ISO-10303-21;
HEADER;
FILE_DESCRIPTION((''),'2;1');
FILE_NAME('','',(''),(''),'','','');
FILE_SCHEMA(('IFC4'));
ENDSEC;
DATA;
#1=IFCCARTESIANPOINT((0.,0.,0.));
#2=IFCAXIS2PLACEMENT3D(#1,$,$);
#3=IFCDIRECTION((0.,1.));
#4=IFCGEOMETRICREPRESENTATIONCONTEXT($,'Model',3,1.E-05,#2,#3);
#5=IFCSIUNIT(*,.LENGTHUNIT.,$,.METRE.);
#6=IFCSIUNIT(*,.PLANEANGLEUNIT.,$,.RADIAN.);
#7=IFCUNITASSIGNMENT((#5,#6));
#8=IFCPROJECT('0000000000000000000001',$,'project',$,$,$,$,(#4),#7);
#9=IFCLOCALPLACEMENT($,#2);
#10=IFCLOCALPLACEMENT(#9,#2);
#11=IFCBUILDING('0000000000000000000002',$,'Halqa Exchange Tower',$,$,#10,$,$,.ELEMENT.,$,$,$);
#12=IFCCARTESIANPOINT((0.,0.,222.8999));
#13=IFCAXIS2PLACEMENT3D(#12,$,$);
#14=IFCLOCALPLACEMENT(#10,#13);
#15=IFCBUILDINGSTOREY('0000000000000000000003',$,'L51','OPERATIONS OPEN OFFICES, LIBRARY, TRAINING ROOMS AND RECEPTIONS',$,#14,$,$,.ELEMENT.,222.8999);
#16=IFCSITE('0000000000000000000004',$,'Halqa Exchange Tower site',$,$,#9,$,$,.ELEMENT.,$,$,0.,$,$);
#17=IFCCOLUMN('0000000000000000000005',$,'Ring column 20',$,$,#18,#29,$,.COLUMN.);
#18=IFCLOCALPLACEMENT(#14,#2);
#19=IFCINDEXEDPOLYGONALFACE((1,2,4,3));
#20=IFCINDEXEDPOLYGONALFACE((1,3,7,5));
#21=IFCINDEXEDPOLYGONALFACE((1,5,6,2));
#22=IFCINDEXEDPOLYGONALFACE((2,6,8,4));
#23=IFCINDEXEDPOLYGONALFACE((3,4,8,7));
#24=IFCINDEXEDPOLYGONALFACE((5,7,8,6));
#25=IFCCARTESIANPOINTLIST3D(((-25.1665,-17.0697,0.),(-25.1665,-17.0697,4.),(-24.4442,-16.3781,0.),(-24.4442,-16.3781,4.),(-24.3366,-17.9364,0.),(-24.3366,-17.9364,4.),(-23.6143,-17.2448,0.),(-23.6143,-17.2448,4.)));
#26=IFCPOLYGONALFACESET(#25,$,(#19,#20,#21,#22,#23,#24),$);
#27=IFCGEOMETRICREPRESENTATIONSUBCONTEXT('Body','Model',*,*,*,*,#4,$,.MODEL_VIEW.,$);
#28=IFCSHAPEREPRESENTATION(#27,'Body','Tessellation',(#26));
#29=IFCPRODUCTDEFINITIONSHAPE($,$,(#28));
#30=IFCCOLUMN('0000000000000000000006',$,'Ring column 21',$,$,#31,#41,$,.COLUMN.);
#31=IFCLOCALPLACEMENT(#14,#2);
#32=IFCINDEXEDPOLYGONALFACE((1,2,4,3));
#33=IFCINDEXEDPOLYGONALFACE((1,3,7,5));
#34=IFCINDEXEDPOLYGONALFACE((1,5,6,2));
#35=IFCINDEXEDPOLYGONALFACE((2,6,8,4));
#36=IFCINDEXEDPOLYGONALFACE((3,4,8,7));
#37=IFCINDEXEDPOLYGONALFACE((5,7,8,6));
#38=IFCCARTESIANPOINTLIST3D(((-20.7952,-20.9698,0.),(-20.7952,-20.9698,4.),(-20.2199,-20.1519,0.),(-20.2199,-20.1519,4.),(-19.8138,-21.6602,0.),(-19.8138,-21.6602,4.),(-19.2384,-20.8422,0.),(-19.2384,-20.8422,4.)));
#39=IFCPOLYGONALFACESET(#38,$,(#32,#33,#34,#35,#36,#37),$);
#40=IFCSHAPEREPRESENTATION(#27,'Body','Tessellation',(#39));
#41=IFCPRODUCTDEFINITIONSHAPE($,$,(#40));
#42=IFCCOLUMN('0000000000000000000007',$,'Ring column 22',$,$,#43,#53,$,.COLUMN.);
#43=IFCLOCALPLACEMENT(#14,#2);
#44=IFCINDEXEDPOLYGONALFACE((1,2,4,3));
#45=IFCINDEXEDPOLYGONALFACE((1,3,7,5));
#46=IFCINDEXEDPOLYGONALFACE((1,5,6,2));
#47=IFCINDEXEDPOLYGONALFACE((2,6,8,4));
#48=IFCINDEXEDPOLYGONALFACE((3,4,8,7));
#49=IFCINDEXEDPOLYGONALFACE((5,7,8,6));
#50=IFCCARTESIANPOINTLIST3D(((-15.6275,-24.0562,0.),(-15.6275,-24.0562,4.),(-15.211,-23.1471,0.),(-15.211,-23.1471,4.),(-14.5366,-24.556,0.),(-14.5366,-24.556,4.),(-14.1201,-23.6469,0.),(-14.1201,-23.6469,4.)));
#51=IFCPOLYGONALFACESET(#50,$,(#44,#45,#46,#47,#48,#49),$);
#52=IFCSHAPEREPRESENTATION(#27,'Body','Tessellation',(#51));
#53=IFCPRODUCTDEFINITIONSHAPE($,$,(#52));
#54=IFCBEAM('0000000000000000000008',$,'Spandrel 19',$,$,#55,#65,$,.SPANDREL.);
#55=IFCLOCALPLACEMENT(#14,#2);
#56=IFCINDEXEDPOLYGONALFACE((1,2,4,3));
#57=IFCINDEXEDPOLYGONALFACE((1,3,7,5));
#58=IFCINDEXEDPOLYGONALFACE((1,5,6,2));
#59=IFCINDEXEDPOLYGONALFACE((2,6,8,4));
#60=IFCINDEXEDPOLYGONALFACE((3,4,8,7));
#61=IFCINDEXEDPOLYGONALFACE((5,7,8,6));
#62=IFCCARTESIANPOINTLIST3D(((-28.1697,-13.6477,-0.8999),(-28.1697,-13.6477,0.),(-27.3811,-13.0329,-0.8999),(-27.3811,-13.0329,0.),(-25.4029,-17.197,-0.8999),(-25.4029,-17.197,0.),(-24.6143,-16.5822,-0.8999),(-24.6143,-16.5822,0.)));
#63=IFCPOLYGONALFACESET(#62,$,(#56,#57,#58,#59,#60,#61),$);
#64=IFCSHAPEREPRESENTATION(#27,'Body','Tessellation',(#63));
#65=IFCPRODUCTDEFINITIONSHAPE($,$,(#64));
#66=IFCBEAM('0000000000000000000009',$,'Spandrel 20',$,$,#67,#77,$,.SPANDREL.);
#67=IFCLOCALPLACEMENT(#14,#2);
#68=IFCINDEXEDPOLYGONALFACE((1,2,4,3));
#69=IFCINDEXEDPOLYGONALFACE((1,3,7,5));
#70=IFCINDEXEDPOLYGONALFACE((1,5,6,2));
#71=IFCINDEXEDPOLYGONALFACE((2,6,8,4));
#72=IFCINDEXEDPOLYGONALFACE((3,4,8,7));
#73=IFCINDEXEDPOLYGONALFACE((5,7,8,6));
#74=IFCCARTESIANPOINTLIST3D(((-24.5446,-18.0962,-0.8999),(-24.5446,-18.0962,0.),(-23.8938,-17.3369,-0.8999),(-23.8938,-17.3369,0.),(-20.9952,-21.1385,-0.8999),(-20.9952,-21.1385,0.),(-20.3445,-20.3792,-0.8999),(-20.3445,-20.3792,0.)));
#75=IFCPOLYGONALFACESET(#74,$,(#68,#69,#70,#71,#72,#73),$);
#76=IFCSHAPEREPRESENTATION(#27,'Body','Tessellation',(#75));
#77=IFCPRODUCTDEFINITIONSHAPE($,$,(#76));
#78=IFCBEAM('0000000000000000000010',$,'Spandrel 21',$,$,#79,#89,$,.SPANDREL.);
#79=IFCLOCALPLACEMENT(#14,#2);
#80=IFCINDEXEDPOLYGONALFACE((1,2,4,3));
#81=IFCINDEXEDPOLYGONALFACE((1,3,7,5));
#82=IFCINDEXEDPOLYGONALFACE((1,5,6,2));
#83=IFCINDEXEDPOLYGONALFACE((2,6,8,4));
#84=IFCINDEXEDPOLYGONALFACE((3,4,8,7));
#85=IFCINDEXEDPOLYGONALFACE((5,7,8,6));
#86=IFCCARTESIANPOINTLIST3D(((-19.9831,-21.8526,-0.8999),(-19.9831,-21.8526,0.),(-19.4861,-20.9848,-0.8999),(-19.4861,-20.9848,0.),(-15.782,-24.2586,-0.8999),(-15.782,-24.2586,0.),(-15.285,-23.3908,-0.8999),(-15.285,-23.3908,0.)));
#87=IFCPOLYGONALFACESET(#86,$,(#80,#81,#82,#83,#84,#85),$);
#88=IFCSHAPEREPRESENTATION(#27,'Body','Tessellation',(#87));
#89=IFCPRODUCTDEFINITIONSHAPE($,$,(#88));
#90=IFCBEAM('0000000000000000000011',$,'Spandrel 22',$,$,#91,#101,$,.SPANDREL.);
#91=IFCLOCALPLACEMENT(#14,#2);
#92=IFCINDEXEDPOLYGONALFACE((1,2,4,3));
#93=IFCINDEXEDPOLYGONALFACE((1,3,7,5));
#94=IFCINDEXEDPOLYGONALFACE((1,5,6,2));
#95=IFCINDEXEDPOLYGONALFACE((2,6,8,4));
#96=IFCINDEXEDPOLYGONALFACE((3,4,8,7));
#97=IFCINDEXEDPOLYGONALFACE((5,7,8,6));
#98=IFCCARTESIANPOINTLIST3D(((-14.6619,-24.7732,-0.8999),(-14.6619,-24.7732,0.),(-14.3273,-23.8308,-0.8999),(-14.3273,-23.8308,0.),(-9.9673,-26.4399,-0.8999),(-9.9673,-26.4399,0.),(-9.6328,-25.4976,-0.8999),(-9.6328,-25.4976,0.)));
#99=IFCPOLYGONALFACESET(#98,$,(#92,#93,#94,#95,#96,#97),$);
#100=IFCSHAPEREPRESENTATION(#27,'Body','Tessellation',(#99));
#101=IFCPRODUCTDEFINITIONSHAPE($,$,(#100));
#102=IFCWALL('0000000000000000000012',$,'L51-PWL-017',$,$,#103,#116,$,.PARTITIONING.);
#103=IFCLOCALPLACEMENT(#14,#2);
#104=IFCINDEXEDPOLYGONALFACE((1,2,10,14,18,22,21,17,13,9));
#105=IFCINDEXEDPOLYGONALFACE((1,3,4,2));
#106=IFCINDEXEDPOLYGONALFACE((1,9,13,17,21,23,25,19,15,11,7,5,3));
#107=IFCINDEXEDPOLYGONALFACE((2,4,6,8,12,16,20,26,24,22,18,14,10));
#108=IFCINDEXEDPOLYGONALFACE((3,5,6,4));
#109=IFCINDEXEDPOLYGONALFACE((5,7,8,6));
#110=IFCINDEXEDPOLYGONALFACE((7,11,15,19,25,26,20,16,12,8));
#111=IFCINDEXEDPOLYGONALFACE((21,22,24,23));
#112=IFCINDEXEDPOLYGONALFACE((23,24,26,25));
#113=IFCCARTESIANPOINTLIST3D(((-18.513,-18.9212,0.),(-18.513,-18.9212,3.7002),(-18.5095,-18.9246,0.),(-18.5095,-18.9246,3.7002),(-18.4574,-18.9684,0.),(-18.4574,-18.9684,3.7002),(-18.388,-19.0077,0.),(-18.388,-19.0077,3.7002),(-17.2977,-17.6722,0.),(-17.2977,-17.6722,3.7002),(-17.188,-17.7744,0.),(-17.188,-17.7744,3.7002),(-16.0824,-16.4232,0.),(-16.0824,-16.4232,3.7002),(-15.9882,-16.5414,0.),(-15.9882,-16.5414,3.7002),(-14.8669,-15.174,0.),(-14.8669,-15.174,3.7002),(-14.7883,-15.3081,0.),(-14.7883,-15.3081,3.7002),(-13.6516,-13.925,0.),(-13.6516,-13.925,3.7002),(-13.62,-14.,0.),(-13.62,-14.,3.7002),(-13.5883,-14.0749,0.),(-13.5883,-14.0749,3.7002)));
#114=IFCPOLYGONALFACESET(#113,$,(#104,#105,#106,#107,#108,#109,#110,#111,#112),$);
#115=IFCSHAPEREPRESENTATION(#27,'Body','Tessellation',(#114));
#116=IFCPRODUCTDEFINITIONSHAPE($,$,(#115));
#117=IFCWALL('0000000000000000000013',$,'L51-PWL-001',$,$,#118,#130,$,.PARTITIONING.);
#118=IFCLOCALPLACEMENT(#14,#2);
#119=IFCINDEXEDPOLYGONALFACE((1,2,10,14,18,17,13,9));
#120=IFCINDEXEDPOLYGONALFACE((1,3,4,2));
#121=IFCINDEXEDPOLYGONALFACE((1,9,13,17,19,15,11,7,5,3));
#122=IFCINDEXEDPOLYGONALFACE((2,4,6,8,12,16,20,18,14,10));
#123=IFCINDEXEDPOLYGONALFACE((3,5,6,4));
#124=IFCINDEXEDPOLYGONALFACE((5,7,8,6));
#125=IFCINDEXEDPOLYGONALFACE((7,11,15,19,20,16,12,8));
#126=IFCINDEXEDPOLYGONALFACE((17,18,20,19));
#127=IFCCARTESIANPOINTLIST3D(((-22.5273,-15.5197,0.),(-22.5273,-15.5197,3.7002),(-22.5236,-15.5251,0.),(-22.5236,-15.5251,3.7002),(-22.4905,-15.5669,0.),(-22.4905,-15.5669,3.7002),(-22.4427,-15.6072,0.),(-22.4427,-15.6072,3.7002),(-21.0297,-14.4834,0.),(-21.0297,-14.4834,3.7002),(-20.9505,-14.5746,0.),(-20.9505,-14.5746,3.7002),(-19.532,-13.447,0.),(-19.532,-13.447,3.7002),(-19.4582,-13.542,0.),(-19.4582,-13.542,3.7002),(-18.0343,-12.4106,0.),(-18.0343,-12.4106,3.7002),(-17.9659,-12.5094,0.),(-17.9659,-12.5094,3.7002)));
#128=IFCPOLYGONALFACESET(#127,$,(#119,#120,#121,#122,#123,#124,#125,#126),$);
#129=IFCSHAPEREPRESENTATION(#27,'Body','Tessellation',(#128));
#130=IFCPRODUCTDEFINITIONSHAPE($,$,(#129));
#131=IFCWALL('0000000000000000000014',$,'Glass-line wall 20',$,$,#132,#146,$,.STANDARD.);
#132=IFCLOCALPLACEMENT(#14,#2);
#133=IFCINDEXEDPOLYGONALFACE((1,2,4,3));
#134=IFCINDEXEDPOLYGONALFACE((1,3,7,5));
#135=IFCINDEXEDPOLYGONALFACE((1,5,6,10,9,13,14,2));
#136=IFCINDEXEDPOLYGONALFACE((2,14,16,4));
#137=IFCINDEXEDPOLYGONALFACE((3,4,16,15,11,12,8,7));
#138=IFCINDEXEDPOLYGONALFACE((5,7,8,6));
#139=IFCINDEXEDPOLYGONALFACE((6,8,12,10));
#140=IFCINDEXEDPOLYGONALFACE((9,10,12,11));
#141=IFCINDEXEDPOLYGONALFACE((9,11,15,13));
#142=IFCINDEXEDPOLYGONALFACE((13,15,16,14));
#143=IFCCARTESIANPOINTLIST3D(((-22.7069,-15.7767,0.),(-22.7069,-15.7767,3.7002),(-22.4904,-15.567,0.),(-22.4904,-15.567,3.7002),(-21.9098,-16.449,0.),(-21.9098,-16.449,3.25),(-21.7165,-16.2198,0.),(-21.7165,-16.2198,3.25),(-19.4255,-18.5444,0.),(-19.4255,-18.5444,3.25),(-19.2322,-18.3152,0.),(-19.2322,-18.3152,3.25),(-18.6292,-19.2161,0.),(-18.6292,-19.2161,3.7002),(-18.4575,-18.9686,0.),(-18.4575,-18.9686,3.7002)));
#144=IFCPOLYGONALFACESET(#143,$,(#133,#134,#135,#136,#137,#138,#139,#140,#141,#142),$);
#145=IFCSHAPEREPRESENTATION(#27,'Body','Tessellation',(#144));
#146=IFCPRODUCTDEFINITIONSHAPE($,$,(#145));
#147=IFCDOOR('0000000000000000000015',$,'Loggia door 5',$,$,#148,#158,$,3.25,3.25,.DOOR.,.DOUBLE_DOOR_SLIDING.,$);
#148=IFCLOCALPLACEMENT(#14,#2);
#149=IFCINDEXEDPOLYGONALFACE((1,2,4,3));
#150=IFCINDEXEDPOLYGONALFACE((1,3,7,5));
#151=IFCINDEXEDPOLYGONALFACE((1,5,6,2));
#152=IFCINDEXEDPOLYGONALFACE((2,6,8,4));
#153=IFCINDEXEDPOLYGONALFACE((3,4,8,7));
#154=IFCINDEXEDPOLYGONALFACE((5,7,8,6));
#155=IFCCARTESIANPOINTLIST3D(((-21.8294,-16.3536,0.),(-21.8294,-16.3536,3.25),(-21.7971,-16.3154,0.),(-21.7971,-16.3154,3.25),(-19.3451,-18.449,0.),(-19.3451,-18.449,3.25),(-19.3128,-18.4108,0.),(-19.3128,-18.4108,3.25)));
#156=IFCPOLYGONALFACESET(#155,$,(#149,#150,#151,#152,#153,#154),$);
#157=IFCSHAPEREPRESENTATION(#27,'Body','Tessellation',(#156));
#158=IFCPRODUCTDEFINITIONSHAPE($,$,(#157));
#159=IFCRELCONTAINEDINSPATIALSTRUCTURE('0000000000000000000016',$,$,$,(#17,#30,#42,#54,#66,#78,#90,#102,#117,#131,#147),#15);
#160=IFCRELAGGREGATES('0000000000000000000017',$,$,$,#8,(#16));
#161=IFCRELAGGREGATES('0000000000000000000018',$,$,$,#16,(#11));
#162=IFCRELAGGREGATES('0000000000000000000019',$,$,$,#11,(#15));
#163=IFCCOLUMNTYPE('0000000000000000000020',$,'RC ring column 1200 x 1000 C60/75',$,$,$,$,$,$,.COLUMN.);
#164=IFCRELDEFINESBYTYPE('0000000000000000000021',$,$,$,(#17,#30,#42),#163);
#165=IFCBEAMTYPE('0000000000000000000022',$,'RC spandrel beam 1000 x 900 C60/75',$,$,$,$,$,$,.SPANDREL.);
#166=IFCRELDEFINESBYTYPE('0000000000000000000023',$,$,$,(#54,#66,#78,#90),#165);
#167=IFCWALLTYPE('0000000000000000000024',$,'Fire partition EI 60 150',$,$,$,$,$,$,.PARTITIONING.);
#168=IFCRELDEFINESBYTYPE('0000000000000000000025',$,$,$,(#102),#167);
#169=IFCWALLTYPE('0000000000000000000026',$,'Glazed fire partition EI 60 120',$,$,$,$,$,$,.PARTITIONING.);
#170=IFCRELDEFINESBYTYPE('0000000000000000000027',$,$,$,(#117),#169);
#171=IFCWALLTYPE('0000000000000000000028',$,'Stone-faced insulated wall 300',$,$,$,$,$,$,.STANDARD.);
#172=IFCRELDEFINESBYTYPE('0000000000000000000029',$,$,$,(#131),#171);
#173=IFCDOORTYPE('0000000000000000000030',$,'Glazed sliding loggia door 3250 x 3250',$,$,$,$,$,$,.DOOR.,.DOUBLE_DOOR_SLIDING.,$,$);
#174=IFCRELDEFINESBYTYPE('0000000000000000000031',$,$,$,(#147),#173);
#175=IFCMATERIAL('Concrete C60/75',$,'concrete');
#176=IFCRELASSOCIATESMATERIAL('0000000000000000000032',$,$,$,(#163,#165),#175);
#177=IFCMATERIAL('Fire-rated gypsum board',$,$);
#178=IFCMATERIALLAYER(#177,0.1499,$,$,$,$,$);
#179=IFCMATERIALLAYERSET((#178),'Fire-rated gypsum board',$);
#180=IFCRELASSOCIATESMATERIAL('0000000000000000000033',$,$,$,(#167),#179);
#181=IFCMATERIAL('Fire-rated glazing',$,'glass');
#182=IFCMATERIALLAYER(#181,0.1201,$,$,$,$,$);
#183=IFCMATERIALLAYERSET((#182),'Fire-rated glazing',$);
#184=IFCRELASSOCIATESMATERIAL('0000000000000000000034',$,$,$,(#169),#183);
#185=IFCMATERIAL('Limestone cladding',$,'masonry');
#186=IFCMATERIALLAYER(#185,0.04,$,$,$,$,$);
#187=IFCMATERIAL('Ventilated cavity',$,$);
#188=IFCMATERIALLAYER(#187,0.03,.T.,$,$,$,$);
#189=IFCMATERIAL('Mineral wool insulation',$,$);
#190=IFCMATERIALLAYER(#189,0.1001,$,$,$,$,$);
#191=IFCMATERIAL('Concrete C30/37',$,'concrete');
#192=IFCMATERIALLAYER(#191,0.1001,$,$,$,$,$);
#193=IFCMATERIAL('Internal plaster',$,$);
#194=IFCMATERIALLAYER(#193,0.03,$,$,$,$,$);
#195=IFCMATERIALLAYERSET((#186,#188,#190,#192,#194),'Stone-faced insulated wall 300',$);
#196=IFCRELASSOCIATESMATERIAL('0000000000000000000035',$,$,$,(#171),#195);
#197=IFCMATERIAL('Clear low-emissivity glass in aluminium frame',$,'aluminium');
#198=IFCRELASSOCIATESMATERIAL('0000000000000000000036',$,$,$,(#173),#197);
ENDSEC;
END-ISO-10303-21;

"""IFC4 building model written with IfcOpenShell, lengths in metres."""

from ifc_helpers import new_model, si_unit, direction, frame, frame_2d, origin, origin_2d, place, context, subcontext, project, spatial, polyline, rectangle, outline, extrude, material, layer, layer_set, material_profile, profile_set, type_object, element, fill, save


model = new_model("IFC4")

# Units and contexts
model_context = context("Model", 3, precision=1e-05, world=origin(), true_north=direction((0.0, 1.0)))
body_context = subcontext(model_context, "Body", "Model", "MODEL_VIEW")
ifc_project = project(units=[si_unit("LENGTHUNIT", "METRE"), si_unit("PLANEANGLEUNIT", "RADIAN")], contexts=[model_context])

# Site, building, storey
site_placement = place(None, origin())
site = spatial("IfcSite", under=ifc_project, at=site_placement, Name="Halqa Exchange Tower site", CompositionType="ELEMENT", RefElevation=0.0)
building_placement = place(site_placement, origin())
building = spatial("IfcBuilding", under=site, at=building_placement, Name="Halqa Exchange Tower", CompositionType="ELEMENT")
storey_placement = place(building_placement, frame((0.0, 0.0, 222.8999)))
storey = spatial("IfcBuildingStorey", under=building, at=storey_placement, Name="L51", Description="OPERATIONS OPEN OFFICES, LIBRARY, TRAINING ROOMS AND RECEPTIONS", CompositionType="ELEMENT", Elevation=222.8999)

# Columns
ifc_material_1 = material(Name="Concrete C60/75", Category="concrete")
ifc_material_profile_1 = material_profile(ifc_material_1, rectangle(XDim=1.2, YDim=1.0, at=origin_2d()), Name="1200 x 1000")
ifc_profile_set_1 = profile_set([ifc_material_profile_1], Name="Concrete C60/75")
column_type = type_object("IfcColumnType", Name="RC ring column 1200 x 1000 C60/75", PredefinedType="COLUMN", material=ifc_profile_set_1)
for number, where, z_axis, x_axis, name in (
    (1, (-24.3904, -17.1572, 0.0), (0.0, 0.0, 1.0), (0.691576, -0.722304, 0.0), "Ring column 20"),
    (2, (-20.0168, -20.906, 0.0), (0.0, 0.0, 1.0), (0.817909, -0.575348, 0.0), "Ring column 21"),
    (3, (-14.8738, -23.8516, 0.0), (0.0, 0.0, 1.0), (0.909129, -0.416516, 0.0), "Ring column 22"),
):
    element("IfcColumn", number, at=place(storey_placement, frame(where, z_axis=z_axis, x_axis=x_axis)), inside=storey, type_object=column_type, Name=name, PredefinedType="COLUMN", context=body_context, shape_type="SweptSolid", body=[
        extrude(rectangle(XDim=1.2, YDim=1.0, at=origin_2d()), origin(), (0.0, 0.0, 1.0), 4.0),
    ])

# Beams
ifc_material_profile_2 = material_profile(ifc_material_1, rectangle(XDim=1.0, YDim=0.8999, at=origin_2d()), Name="1000 x 900")
ifc_profile_set_2 = profile_set([ifc_material_profile_2], Name="Concrete C60/75")
beam_type = type_object("IfcBeamType", Name="RC spandrel beam 1000 x 900 C60/75", PredefinedType="SPANDREL", material=ifc_profile_set_2)
beam_1_placement = place(storey_placement, frame((-27.7754, -13.3403, -0.45), z_axis=(0.614808, -0.788677, 0.0), x_axis=(0.788677, 0.614808, 0.0)))
element("IfcBeam", 4, at=beam_1_placement, inside=storey, type_object=beam_type, Name="Spandrel 19", PredefinedType="SPANDREL", context=body_context, shape_type="SweptSolid", body=[
    extrude(rectangle(XDim=1.0, YDim=0.8999, at=origin_2d()), origin(), (0.0, 0.0, 1.0), 4.5002),
])
beam_2_placement = place(storey_placement, frame((-24.2192, -17.7166, -0.45), z_axis=(0.75926, -0.650787, 0.0), x_axis=(0.650787, 0.75926, 0.0)))
element("IfcBeam", 5, at=beam_2_placement, inside=storey, type_object=beam_type, Name="Spandrel 20", PredefinedType="SPANDREL", context=body_context, shape_type="SweptSolid", body=[
    extrude(rectangle(XDim=1.0, YDim=0.8999, at=origin_2d()), origin(), (0.0, 0.0, 1.0), 4.6748),
])
beam_3_placement = place(storey_placement, frame((-19.7346, -21.4187, -0.45), z_axis=(0.867768, -0.49697, 0.0), x_axis=(0.49697, 0.867768, 0.0)))
element("IfcBeam", 6, at=beam_3_placement, inside=storey, type_object=beam_type, Name="Spandrel 21", PredefinedType="SPANDREL", context=body_context, shape_type="SweptSolid", body=[
    extrude(rectangle(XDim=1.0, YDim=0.8999, at=origin_2d()), origin(), (0.0, 0.0, 1.0), 4.8413),
])
beam_4_placement = place(storey_placement, frame((-14.4946, -24.302, -0.45), z_axis=(0.942369, -0.334576, 0.0), x_axis=(0.334576, 0.942369, 0.0)))
element("IfcBeam", 7, at=beam_4_placement, inside=storey, type_object=beam_type, Name="Spandrel 22", PredefinedType="SPANDREL", context=body_context, shape_type="SweptSolid", body=[
    extrude(rectangle(XDim=1.0, YDim=0.8999, at=origin_2d()), origin(), (0.0, 0.0, 1.0), 4.9817),
])

# Shared definitions
ifc_material_2 = material(Name="Fire-rated gypsum board")
ifc_layer_1 = layer(ifc_material_2, 0.1499)
ifc_layer_set_1 = layer_set([ifc_layer_1], Name="Fire-rated gypsum board")
wall_type_1 = type_object("IfcWallType", Name="Fire partition EI 60 150", PredefinedType="PARTITIONING", material=ifc_layer_set_1)

# Walls
wall_1_placement = place(storey_placement, frame((-13.5979, -13.9773, 0.0), z_axis=(0.0, 0.0, 1.0), x_axis=(-0.697374, -0.716707, 0.0)))
element("IfcWall", 8, at=wall_1_placement, inside=storey, type_object=wall_type_1, Name="L51-PWL-017", PredefinedType="PARTITIONING", context=body_context, shape_type="SweptSolid", body=[
    extrude(outline(polyline([(6.9709, -0.075), (6.9709, -0.0701), (6.9661, -0.0022), (6.9458, 0.075), (5.2251, 0.075), (3.5046, 0.075), (1.7839, 0.075), (0.0632, 0.075), (0.0317, 0.0), (0.0, -0.075), (1.7427, -0.075), (3.4856, -0.075), (5.2283, -0.075), (6.9709, -0.075)])), origin(), (0.0, 0.0, 1.0), 3.7002),
])
ifc_material_3 = material(Name="Fire-rated glazing", Category="glass")
ifc_layer_2 = layer(ifc_material_3, 0.1201)
ifc_layer_set_2 = layer_set([ifc_layer_2], Name="Fire-rated glazing")
wall_type_2 = type_object("IfcWallType", Name="Glazed fire partition EI 60 120", PredefinedType="PARTITIONING", material=ifc_layer_set_2)
wall_2_placement = place(storey_placement, frame((-22.4932, -15.5691, 0.0), z_axis=(0.0, 0.0, 1.0), x_axis=(0.822322, 0.569022, 0.0)))
element("IfcWall", 9, at=wall_2_placement, inside=storey, type_object=wall_type_2, Name="L51-PWL-001", PredefinedType="PARTITIONING", context=body_context, shape_type="SweptSolid", body=[
    extrude(outline(polyline([(0.0198, -0.0601), (1.8345, -0.0601), (3.6492, -0.0601), (5.4639, -0.0601), (5.4639, 0.0601), (3.6426, 0.0601), (1.8213, 0.0601), (0.0, 0.0601), (0.0, 0.0535), (0.0034, 0.0002), (0.0198, -0.0601)])), origin(), (0.0, 0.0, 1.0), 3.7002),
])

# Wall, opening, door
ifc_material_4 = material(Name="Limestone cladding", Category="masonry")
ifc_layer_3 = layer(ifc_material_4, 0.04)
ifc_material_5 = material(Name="Ventilated cavity")
ifc_layer_4 = layer(ifc_material_5, 0.03, ventilated=True)
ifc_material_6 = material(Name="Mineral wool insulation")
ifc_layer_5 = layer(ifc_material_6, 0.1001)
ifc_material_7 = material(Name="Concrete C30/37", Category="concrete")
ifc_layer_6 = layer(ifc_material_7, 0.1001)
ifc_material_8 = material(Name="Internal plaster")
ifc_layer_7 = layer(ifc_material_8, 0.03)
ifc_layer_set_3 = layer_set([ifc_layer_3, ifc_layer_4, ifc_layer_5, ifc_layer_6, ifc_layer_7], Name="Stone-faced insulated wall 300")
wall_type_3 = type_object("IfcWallType", Name="Stone-faced insulated wall 300", PredefinedType="STANDARD", material=ifc_layer_set_3)
wall_3_placement = place(storey_placement, frame((-22.5986, -15.6719, 0.0), z_axis=(0.0, 0.0, 1.0), x_axis=(0.764398, -0.644745, 0.0)))
wall_3 = element("IfcWall", 10, at=wall_3_placement, inside=storey, type_object=wall_type_3, Name="Glass-line wall 20", PredefinedType="STANDARD", context=body_context, shape_type="SweptSolid", body=[
    extrude(outline(polyline([(-0.0151, -0.1499), (5.3193, -0.1499), (5.291, 0.1499), (0.0151, 0.1499), (-0.0151, -0.1499)])), origin(), (0.0, 0.0, 1.0), 3.7002),
])
opening_1_placement = place(wall_3_placement, frame((1.0276, 0.0, 0.0)))
opening_1 = element("IfcOpeningElement", 11, at=opening_1_placement, cuts=wall_3, PredefinedType="OPENING", context=body_context, shape_type="SweptSolid", body=[
    extrude(rectangle(XDim=3.25, YDim=3.25, at=frame_2d((1.625, 1.625))), frame((0.0, 0.1621, 0.0), z_axis=(0.0, -1.0, 0.0), x_axis=(1.0, 0.0, 0.0)), (0.0, 0.0, 1.0), 0.324),
])
ifc_material_9 = material(Name="Clear low-emissivity glass in aluminium frame", Category="aluminium")
door_type_1 = type_object("IfcDoorType", Name="Glazed sliding loggia door 3250 x 3250", OperationType="DOUBLE_DOOR_SLIDING", PredefinedType="DOOR", material=ifc_material_9)
door_1_placement = place(opening_1_placement, origin())
door_1 = element("IfcDoor", 12, at=door_1_placement, inside=storey, type_object=door_type_1, Name="Loggia door 5", OperationType="DOUBLE_DOOR_SLIDING", OverallHeight=3.25, OverallWidth=3.25, PredefinedType="DOOR", context=body_context, shape_type="SweptSolid", body=[
    extrude(rectangle(XDim=3.25, YDim=3.25, at=frame_2d((1.625, 1.625))), frame((0.0, 0.0249, 0.0), z_axis=(0.0, -1.0, 0.0), x_axis=(1.0, 0.0, 0.0)), (0.0, 0.0, 1.0), 0.05),
])
fill(opening_1, door_1)

save(model, "model.ifc")
